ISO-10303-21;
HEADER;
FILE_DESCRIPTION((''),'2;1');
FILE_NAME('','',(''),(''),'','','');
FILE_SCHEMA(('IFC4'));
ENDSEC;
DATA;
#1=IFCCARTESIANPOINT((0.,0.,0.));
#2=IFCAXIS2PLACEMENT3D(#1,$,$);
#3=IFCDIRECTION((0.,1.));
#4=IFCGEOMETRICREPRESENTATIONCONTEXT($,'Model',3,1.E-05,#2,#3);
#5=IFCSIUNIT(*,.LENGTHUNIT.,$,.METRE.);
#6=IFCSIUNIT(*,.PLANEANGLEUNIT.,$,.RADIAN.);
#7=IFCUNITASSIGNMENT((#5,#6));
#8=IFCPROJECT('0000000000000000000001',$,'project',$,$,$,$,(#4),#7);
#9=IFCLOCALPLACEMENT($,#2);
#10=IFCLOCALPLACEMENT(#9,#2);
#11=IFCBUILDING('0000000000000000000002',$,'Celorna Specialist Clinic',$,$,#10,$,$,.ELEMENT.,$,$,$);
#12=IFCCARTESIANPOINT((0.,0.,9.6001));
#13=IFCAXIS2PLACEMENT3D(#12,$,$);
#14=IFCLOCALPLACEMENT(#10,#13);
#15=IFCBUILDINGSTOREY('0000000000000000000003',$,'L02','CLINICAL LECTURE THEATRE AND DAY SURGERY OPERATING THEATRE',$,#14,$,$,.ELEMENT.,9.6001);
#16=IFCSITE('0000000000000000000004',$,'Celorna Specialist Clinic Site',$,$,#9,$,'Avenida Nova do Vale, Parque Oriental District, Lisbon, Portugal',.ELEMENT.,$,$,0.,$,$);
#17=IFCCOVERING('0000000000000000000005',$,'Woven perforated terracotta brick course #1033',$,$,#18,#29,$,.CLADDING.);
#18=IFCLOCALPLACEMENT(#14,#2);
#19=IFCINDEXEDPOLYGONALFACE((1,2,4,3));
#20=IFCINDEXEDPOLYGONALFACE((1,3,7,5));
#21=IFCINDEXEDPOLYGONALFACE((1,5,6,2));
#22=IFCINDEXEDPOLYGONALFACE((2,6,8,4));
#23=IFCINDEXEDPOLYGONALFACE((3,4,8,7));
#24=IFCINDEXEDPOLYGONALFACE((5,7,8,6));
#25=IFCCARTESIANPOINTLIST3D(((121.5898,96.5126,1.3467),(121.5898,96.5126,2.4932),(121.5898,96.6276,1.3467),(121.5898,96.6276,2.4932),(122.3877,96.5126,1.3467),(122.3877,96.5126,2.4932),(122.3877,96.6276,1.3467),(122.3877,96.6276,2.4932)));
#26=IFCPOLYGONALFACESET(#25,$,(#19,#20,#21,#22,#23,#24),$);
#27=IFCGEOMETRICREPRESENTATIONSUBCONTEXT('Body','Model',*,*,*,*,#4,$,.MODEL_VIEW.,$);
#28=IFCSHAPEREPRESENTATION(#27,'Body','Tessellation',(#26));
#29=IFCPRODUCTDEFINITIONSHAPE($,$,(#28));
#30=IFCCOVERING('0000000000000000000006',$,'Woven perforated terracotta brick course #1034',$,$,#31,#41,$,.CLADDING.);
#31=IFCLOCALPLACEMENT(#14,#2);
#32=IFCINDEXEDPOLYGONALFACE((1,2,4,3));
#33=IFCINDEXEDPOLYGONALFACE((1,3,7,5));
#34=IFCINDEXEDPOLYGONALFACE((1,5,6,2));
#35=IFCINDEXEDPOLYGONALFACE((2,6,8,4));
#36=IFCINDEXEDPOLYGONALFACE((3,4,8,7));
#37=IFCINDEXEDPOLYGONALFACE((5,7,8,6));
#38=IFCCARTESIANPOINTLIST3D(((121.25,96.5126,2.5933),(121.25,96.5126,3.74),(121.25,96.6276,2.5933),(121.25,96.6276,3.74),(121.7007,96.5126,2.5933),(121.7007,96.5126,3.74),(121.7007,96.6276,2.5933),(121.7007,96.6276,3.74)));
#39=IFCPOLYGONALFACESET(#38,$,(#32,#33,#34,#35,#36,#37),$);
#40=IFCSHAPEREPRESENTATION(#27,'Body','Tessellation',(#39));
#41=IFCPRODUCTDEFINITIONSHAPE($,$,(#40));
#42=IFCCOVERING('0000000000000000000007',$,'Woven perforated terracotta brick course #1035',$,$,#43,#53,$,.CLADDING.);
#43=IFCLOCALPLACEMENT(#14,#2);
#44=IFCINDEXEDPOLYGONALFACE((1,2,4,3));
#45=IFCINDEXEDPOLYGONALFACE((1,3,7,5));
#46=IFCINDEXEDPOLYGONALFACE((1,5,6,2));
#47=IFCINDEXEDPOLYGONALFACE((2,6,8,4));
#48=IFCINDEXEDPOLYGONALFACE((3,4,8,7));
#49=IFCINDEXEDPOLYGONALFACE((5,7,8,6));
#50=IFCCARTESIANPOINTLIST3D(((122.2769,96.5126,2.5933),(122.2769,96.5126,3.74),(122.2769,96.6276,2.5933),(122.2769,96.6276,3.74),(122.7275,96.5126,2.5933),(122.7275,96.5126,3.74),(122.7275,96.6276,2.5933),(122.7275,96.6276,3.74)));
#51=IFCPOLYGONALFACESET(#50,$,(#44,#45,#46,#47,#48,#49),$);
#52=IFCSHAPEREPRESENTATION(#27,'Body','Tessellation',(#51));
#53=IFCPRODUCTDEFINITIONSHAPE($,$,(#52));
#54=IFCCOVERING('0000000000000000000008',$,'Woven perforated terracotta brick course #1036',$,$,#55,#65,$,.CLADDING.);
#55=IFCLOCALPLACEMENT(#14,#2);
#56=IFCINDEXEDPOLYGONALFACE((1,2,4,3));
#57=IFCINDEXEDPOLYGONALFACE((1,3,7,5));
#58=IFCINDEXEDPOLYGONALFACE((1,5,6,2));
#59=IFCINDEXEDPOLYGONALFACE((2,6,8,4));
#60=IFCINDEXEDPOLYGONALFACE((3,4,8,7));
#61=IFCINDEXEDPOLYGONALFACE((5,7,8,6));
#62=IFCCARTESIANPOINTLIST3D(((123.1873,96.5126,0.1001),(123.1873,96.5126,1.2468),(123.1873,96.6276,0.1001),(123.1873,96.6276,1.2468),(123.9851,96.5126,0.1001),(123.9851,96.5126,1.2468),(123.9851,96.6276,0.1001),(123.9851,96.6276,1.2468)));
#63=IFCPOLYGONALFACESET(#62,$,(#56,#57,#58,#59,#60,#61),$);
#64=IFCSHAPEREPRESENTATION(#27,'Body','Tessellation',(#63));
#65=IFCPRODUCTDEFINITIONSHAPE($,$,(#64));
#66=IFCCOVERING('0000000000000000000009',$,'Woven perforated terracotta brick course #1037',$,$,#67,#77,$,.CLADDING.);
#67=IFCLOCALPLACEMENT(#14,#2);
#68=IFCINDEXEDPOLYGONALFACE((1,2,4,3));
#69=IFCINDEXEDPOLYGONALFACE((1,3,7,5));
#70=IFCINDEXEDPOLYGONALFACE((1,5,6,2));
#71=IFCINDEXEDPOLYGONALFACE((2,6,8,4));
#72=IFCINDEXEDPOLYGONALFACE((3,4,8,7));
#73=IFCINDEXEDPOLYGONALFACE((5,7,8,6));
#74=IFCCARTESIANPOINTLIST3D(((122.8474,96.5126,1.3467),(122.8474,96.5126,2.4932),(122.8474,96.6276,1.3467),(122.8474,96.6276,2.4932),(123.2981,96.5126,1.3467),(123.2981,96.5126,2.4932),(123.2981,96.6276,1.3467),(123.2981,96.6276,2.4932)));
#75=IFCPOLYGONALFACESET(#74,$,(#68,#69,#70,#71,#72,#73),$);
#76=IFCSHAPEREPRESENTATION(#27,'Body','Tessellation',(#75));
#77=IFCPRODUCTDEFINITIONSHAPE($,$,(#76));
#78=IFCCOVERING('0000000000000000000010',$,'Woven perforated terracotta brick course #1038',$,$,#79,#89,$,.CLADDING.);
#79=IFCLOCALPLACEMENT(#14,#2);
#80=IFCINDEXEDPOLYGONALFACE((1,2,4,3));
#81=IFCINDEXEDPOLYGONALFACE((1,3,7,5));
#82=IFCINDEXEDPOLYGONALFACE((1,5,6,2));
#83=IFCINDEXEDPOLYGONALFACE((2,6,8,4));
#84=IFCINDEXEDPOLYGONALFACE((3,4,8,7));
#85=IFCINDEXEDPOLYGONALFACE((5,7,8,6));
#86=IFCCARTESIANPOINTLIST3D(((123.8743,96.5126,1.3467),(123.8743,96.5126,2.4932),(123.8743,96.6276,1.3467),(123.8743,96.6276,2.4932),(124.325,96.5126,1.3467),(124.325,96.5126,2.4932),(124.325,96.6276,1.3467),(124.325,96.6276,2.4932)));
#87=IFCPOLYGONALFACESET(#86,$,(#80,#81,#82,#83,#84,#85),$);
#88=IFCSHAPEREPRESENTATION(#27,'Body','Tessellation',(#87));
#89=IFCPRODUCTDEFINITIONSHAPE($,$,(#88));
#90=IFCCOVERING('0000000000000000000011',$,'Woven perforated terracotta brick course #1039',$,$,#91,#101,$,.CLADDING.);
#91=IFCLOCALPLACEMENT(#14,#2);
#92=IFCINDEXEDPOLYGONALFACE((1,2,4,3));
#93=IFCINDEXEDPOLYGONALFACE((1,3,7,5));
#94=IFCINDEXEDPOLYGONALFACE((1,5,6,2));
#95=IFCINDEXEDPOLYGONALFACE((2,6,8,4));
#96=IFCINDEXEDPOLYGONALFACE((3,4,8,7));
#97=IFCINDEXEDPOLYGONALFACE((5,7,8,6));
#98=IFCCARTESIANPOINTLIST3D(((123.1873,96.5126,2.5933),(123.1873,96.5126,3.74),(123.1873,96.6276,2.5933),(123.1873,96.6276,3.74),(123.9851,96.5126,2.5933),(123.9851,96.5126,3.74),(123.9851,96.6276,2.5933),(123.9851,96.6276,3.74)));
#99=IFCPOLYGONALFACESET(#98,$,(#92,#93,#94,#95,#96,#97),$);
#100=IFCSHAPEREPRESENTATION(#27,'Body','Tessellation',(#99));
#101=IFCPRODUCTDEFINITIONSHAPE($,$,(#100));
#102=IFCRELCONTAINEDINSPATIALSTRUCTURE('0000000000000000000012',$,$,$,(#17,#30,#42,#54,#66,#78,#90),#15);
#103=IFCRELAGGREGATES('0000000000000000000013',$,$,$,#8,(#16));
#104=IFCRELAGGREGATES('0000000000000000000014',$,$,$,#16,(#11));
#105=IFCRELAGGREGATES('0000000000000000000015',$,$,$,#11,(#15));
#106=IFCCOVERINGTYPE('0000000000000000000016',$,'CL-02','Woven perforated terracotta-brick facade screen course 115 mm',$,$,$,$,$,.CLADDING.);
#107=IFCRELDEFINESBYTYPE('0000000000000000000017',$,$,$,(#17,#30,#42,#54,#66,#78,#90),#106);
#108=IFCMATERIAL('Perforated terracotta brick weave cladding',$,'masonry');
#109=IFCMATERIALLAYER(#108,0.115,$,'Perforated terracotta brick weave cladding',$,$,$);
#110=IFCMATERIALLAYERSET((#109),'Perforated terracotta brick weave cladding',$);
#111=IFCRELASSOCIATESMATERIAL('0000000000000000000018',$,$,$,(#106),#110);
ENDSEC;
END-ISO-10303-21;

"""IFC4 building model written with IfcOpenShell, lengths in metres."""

from ifc_helpers import new_model, si_unit, direction, frame, origin, origin_2d, place, context, subcontext, project, spatial, rectangle, extrude, material, layer, layer_set, type_object, element, save


model = new_model("IFC4")

# Units and contexts
model_context = context("Model", 3, precision=1e-05, world=origin(), true_north=direction((0.0, 1.0)))
body_context = subcontext(model_context, "Body", "Model", "MODEL_VIEW")
ifc_project = project(units=[si_unit("LENGTHUNIT", "METRE"), si_unit("PLANEANGLEUNIT", "RADIAN")], contexts=[model_context])

# Site, building, storey
site_placement = place(None, origin())
site = spatial("IfcSite", under=ifc_project, at=site_placement, Name="Celorna Specialist Clinic Site", LongName="Avenida Nova do Vale, Parque Oriental District, Lisbon, Portugal", CompositionType="ELEMENT", RefElevation=0.0)
building_placement = place(site_placement, origin())
building = spatial("IfcBuilding", under=site, at=building_placement, Name="Celorna Specialist Clinic", CompositionType="ELEMENT")
storey_placement = place(building_placement, frame((0.0, 0.0, 9.6001)))
storey = spatial("IfcBuildingStorey", under=building, at=storey_placement, Name="L02", Description="CLINICAL LECTURE THEATRE AND DAY SURGERY OPERATING THEATRE", CompositionType="ELEMENT", Elevation=9.6001)

# Coverings
ifc_material_1 = material(Name="Perforated terracotta brick weave cladding", Category="masonry")
ifc_layer_1 = layer(ifc_material_1, 0.115, Name="Perforated terracotta brick weave cladding")
ifc_layer_set_1 = layer_set([ifc_layer_1], Name="Perforated terracotta brick weave cladding")
covering_type = type_object("IfcCoveringType", Name="CL-02", Description="Woven perforated terracotta-brick facade screen course 115 mm", PredefinedType="CLADDING", material=ifc_layer_set_1)
covering_1_placement = place(storey_placement, frame((121.9888, 96.5701, 1.3467), z_axis=(0.0, 0.0, 1.0), x_axis=(1.0, 0.0, 0.0)))
element("IfcCovering", 1, at=covering_1_placement, inside=storey, type_object=covering_type, Name="Woven perforated terracotta brick course #1033", PredefinedType="CLADDING", context=body_context, shape_type="SweptSolid", body=[
    extrude(rectangle(XDim=0.7979, YDim=0.115, at=origin_2d()), origin(), (0.0, 0.0, 1.0), 1.1465),
])
for number, where, z_axis, x_axis, name in (
    (2, (121.4753, 96.5701, 2.5933), (0.0, 0.0, 1.0), (1.0, 0.0, 0.0), "Woven perforated terracotta brick course #1034"),
    (3, (122.5022, 96.5701, 2.5933), (0.0, 0.0, 1.0), (1.0, 0.0, 0.0), "Woven perforated terracotta brick course #1035"),
):
    element("IfcCovering", number, at=place(storey_placement, frame(where, z_axis=z_axis, x_axis=x_axis)), inside=storey, type_object=covering_type, Name=name, PredefinedType="CLADDING", context=body_context, shape_type="SweptSolid", body=[
        extrude(rectangle(XDim=0.4507, YDim=0.115, at=origin_2d()), origin(), (0.0, 0.0, 1.0), 1.1467),
    ])
covering_2_placement = place(storey_placement, frame((123.5862, 96.5701, 0.1001), z_axis=(0.0, 0.0, 1.0), x_axis=(1.0, 0.0, 0.0)))
element("IfcCovering", 4, at=covering_2_placement, inside=storey, type_object=covering_type, Name="Woven perforated terracotta brick course #1036", PredefinedType="CLADDING", context=body_context, shape_type="SweptSolid", body=[
    extrude(rectangle(XDim=0.7979, YDim=0.115, at=origin_2d()), origin(), (0.0, 0.0, 1.0), 1.1467),
])
for number, where, z_axis, x_axis, name in (
    (5, (123.0728, 96.5701, 1.3467), (0.0, 0.0, 1.0), (1.0, 0.0, 0.0), "Woven perforated terracotta brick course #1037"),
    (6, (124.0996, 96.5701, 1.3467), (0.0, 0.0, 1.0), (1.0, 0.0, 0.0), "Woven perforated terracotta brick course #1038"),
):
    element("IfcCovering", number, at=place(storey_placement, frame(where, z_axis=z_axis, x_axis=x_axis)), inside=storey, type_object=covering_type, Name=name, PredefinedType="CLADDING", context=body_context, shape_type="SweptSolid", body=[
        extrude(rectangle(XDim=0.4507, YDim=0.115, at=origin_2d()), origin(), (0.0, 0.0, 1.0), 1.1465),
    ])
covering_3_placement = place(storey_placement, frame((123.5862, 96.5701, 2.5933), z_axis=(0.0, 0.0, 1.0), x_axis=(1.0, 0.0, 0.0)))
element("IfcCovering", 7, at=covering_3_placement, inside=storey, type_object=covering_type, Name="Woven perforated terracotta brick course #1039", PredefinedType="CLADDING", context=body_context, shape_type="SweptSolid", body=[
    extrude(rectangle(XDim=0.7979, YDim=0.115, at=origin_2d()), origin(), (0.0, 0.0, 1.0), 1.1467),
])

save(model, "model.ifc")
